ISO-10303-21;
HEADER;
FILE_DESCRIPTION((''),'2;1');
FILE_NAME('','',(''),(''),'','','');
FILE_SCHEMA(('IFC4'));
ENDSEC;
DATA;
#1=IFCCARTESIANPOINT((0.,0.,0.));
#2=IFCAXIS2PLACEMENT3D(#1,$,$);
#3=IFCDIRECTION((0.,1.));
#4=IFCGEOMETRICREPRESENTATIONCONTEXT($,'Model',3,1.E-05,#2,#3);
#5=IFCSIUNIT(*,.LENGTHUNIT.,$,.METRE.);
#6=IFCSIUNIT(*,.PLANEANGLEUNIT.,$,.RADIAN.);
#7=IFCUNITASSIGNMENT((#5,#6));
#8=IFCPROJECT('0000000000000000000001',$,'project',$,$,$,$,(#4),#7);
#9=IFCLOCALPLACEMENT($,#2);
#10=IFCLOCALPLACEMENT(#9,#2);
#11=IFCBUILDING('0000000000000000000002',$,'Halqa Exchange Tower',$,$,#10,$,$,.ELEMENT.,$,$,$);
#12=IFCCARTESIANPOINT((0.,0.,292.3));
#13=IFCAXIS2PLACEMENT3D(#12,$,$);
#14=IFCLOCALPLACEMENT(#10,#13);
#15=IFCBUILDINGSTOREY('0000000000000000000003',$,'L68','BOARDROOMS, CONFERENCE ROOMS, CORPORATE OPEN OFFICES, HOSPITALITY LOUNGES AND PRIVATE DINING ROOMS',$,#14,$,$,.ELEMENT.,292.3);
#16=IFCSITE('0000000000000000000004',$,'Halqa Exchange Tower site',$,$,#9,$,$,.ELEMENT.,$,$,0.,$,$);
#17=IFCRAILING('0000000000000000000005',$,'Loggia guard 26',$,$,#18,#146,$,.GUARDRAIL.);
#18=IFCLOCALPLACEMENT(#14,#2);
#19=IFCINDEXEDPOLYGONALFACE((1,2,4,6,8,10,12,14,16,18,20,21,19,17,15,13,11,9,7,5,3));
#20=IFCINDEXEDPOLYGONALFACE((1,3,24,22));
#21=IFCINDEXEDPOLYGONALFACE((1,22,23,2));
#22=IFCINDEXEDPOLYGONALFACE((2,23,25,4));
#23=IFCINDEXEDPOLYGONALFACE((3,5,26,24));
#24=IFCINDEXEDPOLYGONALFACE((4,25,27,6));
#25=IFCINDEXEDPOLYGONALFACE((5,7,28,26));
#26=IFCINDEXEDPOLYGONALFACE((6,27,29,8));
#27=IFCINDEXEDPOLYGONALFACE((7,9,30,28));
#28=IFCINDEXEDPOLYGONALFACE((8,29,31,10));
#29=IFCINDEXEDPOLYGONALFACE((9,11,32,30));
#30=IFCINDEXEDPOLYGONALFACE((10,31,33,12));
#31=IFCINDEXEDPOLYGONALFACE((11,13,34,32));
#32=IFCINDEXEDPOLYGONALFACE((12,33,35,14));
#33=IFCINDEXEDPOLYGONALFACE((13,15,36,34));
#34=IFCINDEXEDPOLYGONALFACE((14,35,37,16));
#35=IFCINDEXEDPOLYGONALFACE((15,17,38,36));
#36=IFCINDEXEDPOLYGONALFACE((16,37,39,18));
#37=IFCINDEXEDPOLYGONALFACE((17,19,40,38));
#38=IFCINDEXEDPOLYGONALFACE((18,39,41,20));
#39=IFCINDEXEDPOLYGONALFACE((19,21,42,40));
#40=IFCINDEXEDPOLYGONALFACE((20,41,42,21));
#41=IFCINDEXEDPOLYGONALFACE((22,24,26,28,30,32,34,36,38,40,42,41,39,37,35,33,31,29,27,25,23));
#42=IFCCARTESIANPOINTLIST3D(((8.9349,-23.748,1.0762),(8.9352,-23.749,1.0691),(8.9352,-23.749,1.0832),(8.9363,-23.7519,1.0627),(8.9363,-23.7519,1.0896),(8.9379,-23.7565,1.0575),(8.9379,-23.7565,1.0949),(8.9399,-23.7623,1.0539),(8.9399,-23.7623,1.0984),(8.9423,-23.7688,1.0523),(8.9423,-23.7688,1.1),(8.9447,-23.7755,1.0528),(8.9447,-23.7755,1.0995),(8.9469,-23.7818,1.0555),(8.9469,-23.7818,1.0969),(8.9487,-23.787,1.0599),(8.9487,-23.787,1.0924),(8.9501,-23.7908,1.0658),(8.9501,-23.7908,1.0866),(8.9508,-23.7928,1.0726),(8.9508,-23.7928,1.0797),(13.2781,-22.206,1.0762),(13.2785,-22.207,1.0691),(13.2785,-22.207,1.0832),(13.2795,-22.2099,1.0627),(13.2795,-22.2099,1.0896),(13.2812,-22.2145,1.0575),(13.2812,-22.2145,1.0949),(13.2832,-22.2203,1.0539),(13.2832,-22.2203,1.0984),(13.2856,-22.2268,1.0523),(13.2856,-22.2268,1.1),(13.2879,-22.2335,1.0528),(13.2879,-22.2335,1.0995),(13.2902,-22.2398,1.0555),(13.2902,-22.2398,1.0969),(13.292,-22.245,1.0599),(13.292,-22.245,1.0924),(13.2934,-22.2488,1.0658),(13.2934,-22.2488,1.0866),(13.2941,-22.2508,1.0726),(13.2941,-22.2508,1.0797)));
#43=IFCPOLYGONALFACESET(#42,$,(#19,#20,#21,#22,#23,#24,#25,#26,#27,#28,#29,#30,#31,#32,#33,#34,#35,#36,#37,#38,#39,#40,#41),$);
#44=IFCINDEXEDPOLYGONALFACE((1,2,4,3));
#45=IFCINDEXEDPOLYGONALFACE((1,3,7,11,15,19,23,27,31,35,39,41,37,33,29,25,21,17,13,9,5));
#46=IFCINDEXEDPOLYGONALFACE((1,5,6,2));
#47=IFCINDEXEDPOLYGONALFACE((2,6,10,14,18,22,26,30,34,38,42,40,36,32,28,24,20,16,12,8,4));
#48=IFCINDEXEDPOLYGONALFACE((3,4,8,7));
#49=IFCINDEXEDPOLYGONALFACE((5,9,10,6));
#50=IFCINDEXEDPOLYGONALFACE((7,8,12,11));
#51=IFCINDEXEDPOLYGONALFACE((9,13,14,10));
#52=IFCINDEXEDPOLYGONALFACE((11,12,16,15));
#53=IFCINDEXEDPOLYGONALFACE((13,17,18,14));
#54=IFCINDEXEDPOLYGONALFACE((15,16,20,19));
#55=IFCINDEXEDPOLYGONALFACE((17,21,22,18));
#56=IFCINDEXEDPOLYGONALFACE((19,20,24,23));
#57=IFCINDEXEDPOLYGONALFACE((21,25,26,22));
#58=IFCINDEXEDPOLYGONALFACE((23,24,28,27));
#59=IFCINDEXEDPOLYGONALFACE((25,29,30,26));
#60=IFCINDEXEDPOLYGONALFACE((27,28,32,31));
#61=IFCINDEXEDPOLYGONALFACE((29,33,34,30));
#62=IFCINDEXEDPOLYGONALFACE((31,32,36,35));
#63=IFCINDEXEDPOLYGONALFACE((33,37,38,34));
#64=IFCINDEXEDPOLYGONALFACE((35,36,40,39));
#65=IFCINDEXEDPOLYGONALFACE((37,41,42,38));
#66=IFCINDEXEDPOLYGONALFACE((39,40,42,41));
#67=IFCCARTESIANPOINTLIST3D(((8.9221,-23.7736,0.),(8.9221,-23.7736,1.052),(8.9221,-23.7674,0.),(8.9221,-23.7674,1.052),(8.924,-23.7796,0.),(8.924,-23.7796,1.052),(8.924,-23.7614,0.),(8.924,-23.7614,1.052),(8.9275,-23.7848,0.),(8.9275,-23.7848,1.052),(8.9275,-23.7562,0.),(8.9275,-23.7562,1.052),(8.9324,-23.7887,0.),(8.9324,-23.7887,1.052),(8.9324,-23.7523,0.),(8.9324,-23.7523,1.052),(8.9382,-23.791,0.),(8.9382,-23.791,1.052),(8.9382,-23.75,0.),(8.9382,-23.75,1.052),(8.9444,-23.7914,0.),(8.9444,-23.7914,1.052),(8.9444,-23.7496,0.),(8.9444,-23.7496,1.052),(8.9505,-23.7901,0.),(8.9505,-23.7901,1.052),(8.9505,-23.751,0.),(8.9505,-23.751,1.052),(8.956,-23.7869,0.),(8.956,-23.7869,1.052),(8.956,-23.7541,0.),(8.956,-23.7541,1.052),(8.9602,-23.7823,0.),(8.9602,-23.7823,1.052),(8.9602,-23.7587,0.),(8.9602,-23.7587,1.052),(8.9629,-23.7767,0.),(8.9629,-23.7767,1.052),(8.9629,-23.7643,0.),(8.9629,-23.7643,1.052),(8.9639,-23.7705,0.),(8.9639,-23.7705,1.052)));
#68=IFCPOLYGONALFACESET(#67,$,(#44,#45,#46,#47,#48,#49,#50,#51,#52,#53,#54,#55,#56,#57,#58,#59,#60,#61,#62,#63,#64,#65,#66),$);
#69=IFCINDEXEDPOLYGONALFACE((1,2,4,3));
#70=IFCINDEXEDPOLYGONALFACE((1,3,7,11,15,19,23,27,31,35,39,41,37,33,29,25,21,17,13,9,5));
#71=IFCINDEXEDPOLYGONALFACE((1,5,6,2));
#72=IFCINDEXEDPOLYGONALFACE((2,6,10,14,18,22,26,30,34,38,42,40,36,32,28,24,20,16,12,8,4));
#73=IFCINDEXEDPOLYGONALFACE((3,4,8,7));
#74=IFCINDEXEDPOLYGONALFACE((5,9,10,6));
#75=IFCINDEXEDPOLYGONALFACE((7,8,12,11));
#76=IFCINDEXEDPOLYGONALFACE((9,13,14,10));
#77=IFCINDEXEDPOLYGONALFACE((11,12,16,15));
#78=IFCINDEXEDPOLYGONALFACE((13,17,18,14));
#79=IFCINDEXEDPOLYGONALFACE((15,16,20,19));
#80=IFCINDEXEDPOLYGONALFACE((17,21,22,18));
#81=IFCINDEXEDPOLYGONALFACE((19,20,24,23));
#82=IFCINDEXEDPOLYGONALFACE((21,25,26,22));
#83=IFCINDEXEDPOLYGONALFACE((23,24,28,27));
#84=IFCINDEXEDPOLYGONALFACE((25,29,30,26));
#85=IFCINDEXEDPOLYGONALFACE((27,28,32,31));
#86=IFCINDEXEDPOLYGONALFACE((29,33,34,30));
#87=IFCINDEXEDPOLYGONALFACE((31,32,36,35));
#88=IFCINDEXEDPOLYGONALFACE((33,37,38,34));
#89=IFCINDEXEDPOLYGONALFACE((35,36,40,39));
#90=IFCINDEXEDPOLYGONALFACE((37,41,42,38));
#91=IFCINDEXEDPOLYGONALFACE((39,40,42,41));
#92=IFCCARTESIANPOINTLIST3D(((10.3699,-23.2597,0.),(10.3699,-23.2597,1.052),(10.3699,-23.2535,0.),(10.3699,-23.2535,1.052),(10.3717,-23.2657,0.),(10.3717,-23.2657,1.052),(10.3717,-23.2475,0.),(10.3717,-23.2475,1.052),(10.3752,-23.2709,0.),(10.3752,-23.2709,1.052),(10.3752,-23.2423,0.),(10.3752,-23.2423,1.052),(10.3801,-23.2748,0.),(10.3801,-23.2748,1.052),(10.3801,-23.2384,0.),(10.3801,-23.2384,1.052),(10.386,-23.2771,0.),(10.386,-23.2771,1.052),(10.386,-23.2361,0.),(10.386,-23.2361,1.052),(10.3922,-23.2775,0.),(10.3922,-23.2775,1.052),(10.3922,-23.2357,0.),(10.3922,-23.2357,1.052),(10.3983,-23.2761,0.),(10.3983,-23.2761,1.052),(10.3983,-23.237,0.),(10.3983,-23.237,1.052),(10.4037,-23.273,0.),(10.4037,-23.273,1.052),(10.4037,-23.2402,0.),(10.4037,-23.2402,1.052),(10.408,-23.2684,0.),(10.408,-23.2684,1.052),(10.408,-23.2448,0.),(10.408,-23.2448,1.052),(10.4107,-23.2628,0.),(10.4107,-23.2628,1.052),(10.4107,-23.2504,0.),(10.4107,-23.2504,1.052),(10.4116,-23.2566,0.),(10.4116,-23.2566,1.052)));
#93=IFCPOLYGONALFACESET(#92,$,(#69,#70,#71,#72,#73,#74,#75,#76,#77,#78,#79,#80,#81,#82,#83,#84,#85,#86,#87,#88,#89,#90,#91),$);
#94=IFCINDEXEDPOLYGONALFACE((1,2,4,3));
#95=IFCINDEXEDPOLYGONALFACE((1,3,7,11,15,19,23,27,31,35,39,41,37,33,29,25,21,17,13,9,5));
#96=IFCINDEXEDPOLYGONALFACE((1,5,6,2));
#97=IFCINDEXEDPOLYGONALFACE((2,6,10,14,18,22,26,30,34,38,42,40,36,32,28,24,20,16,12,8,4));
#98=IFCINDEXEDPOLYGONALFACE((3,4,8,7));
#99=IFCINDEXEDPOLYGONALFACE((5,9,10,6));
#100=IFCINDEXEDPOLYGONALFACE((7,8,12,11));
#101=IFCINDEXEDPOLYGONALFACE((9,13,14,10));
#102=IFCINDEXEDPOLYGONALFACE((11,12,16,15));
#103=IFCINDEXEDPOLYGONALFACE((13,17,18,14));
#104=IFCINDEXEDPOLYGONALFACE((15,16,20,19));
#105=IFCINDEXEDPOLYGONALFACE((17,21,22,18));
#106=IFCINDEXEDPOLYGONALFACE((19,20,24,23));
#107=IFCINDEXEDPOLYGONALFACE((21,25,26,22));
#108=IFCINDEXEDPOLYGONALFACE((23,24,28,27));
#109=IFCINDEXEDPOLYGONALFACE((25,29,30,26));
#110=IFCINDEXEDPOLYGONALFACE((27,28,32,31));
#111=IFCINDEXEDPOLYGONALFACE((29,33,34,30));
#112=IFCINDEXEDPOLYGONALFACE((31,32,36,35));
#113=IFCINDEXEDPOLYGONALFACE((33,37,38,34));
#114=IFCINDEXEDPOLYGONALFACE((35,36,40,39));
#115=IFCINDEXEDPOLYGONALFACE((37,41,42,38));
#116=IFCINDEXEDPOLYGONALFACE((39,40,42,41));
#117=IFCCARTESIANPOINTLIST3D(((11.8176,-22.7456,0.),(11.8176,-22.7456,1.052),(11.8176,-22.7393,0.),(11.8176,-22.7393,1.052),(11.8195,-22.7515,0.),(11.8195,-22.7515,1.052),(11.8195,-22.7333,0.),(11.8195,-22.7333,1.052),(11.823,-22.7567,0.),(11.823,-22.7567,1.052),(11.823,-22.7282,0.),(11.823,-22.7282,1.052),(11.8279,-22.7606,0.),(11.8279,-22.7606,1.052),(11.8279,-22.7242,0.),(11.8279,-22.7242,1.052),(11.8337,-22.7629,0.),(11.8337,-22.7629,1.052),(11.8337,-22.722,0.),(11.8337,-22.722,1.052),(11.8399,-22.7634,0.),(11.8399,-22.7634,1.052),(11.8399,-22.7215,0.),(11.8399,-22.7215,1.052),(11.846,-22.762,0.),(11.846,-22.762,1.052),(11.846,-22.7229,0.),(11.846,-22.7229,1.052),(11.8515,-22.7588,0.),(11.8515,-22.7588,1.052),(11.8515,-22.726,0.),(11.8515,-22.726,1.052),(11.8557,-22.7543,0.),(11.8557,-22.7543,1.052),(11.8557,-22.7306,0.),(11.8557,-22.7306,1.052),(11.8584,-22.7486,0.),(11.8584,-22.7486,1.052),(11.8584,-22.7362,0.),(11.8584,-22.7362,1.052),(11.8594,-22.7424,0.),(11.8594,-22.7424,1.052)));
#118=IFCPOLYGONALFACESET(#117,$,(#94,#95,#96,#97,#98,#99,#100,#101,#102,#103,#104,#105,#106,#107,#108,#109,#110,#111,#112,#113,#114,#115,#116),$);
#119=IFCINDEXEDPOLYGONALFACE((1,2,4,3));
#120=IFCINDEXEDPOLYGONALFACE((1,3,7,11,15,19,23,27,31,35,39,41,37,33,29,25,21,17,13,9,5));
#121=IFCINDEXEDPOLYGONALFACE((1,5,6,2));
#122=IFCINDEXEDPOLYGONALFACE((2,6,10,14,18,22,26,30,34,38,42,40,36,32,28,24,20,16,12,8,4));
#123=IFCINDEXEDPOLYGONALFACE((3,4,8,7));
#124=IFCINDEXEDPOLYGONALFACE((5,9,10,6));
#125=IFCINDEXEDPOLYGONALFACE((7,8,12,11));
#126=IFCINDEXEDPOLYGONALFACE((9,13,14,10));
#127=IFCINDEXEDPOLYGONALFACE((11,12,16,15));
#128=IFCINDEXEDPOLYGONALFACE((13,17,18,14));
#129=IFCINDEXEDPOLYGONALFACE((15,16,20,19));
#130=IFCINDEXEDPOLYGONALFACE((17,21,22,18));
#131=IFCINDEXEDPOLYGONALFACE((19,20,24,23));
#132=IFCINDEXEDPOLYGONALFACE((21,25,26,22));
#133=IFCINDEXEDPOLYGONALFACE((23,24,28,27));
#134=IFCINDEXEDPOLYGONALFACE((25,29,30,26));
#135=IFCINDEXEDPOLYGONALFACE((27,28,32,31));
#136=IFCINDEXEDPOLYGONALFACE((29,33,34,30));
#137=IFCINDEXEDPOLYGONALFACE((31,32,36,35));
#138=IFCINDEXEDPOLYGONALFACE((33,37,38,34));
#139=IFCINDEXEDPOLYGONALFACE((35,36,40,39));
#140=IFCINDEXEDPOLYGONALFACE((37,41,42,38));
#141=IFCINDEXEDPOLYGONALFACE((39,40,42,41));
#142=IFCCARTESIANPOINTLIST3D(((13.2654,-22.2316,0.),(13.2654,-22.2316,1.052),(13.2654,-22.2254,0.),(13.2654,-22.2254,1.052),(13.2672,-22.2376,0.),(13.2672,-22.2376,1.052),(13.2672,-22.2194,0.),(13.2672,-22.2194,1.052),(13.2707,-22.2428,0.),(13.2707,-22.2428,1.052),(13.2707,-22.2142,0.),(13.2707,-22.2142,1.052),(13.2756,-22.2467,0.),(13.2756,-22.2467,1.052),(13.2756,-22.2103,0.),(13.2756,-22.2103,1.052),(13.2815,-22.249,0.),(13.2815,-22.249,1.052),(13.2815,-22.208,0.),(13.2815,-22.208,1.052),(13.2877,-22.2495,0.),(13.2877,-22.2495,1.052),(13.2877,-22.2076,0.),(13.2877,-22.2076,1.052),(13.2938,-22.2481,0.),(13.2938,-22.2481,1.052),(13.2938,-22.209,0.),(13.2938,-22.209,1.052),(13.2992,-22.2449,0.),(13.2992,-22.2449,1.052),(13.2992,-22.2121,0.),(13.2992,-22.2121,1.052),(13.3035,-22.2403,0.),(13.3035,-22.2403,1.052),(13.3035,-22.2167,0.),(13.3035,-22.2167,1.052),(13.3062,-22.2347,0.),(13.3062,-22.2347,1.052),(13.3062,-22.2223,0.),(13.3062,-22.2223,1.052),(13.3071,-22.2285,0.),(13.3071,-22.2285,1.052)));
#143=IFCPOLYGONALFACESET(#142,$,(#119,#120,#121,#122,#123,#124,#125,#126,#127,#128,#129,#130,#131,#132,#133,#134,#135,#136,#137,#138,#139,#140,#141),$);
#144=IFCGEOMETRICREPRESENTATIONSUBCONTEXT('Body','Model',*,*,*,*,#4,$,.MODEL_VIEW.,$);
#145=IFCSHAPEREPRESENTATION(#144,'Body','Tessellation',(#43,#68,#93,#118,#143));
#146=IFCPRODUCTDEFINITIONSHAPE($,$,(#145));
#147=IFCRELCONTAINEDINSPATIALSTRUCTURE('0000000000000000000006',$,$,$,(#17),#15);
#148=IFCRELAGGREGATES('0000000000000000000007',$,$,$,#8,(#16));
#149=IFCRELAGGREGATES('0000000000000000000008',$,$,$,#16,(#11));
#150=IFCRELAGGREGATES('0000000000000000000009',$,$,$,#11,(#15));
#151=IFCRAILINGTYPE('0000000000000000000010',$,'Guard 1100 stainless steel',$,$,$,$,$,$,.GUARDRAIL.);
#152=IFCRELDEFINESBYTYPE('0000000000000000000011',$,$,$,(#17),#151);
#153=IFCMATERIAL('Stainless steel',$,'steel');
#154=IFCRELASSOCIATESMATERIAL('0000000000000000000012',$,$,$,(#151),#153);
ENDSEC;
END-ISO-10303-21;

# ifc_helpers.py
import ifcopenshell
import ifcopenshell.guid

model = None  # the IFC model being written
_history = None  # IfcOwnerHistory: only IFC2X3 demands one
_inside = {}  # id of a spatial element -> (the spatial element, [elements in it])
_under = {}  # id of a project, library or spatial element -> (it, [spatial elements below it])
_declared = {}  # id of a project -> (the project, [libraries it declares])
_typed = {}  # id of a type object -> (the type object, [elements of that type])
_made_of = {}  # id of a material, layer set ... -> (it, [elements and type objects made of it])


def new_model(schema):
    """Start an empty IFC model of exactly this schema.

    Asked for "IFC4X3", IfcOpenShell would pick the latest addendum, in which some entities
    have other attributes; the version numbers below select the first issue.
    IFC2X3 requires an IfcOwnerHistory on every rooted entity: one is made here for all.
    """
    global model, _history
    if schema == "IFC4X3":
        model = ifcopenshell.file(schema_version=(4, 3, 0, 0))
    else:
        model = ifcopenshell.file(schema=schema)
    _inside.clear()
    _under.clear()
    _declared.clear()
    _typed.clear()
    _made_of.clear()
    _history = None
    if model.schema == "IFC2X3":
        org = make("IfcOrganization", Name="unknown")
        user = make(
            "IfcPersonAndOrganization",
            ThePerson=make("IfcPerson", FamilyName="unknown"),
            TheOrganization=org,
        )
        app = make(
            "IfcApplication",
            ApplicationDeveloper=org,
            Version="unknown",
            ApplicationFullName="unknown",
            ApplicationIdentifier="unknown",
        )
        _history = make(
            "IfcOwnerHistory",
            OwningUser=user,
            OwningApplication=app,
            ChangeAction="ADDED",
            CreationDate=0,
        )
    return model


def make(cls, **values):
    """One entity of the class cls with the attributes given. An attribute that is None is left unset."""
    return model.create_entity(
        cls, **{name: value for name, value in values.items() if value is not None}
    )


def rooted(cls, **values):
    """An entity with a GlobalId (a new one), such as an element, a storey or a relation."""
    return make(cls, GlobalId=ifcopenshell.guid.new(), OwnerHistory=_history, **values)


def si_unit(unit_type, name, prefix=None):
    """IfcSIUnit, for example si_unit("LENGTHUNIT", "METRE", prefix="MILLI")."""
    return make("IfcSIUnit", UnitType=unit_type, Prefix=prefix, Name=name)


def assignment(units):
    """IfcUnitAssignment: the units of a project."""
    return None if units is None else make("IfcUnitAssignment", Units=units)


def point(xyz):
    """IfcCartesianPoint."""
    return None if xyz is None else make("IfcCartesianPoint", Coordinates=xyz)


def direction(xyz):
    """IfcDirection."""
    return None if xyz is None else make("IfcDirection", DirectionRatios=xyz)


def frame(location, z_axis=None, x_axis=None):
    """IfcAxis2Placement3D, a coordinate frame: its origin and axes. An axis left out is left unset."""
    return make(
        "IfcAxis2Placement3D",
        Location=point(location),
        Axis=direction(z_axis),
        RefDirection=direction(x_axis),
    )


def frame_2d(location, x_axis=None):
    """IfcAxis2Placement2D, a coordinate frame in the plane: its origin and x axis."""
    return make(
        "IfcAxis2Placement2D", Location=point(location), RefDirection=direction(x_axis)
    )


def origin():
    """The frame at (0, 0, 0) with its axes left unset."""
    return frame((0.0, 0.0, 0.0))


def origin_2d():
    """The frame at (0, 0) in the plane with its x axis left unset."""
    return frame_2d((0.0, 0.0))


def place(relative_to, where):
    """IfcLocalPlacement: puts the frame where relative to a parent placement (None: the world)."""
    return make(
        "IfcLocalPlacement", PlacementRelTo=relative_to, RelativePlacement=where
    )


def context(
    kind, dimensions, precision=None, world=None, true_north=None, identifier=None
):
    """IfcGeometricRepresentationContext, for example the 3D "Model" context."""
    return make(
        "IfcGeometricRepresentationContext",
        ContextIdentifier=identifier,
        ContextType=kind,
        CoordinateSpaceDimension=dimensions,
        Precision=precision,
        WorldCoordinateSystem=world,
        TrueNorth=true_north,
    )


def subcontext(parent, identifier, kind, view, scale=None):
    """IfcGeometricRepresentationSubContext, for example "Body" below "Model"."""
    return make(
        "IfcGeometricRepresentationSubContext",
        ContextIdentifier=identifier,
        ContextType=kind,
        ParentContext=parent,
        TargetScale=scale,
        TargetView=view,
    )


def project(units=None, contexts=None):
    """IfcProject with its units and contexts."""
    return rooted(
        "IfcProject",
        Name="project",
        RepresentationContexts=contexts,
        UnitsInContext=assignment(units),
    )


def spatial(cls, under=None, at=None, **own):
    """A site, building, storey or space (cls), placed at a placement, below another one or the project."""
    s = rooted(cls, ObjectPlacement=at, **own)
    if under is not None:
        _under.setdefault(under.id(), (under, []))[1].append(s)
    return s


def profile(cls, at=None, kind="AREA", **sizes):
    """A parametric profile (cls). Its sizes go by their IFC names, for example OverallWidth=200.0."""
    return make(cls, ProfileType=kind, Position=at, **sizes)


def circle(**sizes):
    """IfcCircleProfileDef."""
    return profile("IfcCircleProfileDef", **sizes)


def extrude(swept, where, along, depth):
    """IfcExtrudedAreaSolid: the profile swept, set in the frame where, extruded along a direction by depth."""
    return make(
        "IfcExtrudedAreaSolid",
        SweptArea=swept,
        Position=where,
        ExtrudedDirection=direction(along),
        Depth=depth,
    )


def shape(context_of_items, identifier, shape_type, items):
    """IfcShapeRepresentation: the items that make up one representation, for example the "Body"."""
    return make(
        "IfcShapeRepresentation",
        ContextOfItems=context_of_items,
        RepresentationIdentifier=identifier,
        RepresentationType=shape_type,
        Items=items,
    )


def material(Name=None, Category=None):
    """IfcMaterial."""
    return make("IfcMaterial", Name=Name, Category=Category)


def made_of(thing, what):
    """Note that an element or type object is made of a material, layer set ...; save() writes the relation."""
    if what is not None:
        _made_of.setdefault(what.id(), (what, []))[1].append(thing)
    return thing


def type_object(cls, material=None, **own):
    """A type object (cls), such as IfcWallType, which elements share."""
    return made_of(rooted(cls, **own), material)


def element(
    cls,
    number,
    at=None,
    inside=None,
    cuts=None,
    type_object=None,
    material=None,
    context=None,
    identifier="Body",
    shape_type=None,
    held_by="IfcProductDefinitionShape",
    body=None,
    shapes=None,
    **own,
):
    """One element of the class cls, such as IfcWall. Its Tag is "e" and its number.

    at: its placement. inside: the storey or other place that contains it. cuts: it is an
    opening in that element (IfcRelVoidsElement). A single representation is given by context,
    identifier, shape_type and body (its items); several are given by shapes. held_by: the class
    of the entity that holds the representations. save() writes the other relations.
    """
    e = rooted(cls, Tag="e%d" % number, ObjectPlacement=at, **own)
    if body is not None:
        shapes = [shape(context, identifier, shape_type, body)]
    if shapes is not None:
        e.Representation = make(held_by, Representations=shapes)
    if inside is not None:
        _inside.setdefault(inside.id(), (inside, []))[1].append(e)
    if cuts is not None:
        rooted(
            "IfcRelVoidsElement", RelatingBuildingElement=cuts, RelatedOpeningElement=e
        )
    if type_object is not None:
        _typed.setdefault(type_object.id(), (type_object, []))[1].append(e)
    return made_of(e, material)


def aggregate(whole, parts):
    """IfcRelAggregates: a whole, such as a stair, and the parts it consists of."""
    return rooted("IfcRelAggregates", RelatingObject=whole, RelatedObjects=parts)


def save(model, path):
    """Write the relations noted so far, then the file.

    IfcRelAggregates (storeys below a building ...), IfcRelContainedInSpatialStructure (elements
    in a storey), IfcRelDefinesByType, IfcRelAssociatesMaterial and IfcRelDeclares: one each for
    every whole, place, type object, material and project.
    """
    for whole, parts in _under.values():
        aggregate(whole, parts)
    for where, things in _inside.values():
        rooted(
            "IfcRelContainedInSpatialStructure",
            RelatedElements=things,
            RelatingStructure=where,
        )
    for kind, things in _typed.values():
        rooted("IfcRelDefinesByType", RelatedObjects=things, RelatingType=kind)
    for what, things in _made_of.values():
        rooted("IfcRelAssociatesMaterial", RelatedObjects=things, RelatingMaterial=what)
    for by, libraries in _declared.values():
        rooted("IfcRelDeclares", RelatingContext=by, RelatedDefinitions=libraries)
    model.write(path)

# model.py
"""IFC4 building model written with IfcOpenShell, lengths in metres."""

from ifc_helpers import new_model, si_unit, direction, frame, origin, origin_2d, place, context, subcontext, project, spatial, circle, extrude, material, type_object, element, save


model = new_model("IFC4")

# Units and contexts
model_context = context("Model", 3, precision=1e-05, world=origin(), true_north=direction((0.0, 1.0)))
body_context = subcontext(model_context, "Body", "Model", "MODEL_VIEW")
ifc_project = project(units=[si_unit("LENGTHUNIT", "METRE"), si_unit("PLANEANGLEUNIT", "RADIAN")], contexts=[model_context])

# Site, building, storey
site_placement = place(None, origin())
site = spatial("IfcSite", under=ifc_project, at=site_placement, Name="Halqa Exchange Tower site", CompositionType="ELEMENT", RefElevation=0.0)
building_placement = place(site_placement, origin())
building = spatial("IfcBuilding", under=site, at=building_placement, Name="Halqa Exchange Tower", CompositionType="ELEMENT")
storey_placement = place(building_placement, frame((0.0, 0.0, 292.3)))
storey = spatial("IfcBuildingStorey", under=building, at=storey_placement, Name="L68", Description="BOARDROOMS, CONFERENCE ROOMS, CORPORATE OPEN OFFICES, HOSPITALITY LOUNGES AND PRIVATE DINING ROOMS", CompositionType="ELEMENT", Elevation=292.3)

# Railing
ifc_material_1 = material(Name="Stainless steel", Category="steel")
railing_type_1 = type_object("IfcRailingType", Name="Guard 1100 stainless steel", PredefinedType="GUARDRAIL", material=ifc_material_1)
railing_1_placement = place(storey_placement, frame((8.9429, -23.7705, 0.0)))
element("IfcRailing", 1, at=railing_1_placement, inside=storey, type_object=railing_type_1, Name="Loggia guard 26", PredefinedType="GUARDRAIL", context=body_context, shape_type="SweptSolid", body=[
    extrude(circle(Radius=0.0239, at=origin_2d()), frame((0.0, 0.0, 1.0762), z_axis=(0.942371, 0.334571, 0.0), x_axis=(-0.334571, 0.942371, 0.0)), (0.0, 0.0, 1.0), 4.6089),
    extrude(circle(Radius=0.021, at=origin_2d()), origin(), (0.0, 0.0, 1.0), 1.052),
    extrude(circle(Radius=0.021, at=origin_2d()), frame((1.4478, 0.5139, 0.0)), (0.0, 0.0, 1.0), 1.052),
    extrude(circle(Radius=0.021, at=origin_2d()), frame((2.8955, 1.0281, 0.0)), (0.0, 0.0, 1.0), 1.052),
    extrude(circle(Radius=0.021, at=origin_2d()), frame((4.3433, 1.542, 0.0)), (0.0, 0.0, 1.0), 1.052),
])

save(model, "model.ifc")
